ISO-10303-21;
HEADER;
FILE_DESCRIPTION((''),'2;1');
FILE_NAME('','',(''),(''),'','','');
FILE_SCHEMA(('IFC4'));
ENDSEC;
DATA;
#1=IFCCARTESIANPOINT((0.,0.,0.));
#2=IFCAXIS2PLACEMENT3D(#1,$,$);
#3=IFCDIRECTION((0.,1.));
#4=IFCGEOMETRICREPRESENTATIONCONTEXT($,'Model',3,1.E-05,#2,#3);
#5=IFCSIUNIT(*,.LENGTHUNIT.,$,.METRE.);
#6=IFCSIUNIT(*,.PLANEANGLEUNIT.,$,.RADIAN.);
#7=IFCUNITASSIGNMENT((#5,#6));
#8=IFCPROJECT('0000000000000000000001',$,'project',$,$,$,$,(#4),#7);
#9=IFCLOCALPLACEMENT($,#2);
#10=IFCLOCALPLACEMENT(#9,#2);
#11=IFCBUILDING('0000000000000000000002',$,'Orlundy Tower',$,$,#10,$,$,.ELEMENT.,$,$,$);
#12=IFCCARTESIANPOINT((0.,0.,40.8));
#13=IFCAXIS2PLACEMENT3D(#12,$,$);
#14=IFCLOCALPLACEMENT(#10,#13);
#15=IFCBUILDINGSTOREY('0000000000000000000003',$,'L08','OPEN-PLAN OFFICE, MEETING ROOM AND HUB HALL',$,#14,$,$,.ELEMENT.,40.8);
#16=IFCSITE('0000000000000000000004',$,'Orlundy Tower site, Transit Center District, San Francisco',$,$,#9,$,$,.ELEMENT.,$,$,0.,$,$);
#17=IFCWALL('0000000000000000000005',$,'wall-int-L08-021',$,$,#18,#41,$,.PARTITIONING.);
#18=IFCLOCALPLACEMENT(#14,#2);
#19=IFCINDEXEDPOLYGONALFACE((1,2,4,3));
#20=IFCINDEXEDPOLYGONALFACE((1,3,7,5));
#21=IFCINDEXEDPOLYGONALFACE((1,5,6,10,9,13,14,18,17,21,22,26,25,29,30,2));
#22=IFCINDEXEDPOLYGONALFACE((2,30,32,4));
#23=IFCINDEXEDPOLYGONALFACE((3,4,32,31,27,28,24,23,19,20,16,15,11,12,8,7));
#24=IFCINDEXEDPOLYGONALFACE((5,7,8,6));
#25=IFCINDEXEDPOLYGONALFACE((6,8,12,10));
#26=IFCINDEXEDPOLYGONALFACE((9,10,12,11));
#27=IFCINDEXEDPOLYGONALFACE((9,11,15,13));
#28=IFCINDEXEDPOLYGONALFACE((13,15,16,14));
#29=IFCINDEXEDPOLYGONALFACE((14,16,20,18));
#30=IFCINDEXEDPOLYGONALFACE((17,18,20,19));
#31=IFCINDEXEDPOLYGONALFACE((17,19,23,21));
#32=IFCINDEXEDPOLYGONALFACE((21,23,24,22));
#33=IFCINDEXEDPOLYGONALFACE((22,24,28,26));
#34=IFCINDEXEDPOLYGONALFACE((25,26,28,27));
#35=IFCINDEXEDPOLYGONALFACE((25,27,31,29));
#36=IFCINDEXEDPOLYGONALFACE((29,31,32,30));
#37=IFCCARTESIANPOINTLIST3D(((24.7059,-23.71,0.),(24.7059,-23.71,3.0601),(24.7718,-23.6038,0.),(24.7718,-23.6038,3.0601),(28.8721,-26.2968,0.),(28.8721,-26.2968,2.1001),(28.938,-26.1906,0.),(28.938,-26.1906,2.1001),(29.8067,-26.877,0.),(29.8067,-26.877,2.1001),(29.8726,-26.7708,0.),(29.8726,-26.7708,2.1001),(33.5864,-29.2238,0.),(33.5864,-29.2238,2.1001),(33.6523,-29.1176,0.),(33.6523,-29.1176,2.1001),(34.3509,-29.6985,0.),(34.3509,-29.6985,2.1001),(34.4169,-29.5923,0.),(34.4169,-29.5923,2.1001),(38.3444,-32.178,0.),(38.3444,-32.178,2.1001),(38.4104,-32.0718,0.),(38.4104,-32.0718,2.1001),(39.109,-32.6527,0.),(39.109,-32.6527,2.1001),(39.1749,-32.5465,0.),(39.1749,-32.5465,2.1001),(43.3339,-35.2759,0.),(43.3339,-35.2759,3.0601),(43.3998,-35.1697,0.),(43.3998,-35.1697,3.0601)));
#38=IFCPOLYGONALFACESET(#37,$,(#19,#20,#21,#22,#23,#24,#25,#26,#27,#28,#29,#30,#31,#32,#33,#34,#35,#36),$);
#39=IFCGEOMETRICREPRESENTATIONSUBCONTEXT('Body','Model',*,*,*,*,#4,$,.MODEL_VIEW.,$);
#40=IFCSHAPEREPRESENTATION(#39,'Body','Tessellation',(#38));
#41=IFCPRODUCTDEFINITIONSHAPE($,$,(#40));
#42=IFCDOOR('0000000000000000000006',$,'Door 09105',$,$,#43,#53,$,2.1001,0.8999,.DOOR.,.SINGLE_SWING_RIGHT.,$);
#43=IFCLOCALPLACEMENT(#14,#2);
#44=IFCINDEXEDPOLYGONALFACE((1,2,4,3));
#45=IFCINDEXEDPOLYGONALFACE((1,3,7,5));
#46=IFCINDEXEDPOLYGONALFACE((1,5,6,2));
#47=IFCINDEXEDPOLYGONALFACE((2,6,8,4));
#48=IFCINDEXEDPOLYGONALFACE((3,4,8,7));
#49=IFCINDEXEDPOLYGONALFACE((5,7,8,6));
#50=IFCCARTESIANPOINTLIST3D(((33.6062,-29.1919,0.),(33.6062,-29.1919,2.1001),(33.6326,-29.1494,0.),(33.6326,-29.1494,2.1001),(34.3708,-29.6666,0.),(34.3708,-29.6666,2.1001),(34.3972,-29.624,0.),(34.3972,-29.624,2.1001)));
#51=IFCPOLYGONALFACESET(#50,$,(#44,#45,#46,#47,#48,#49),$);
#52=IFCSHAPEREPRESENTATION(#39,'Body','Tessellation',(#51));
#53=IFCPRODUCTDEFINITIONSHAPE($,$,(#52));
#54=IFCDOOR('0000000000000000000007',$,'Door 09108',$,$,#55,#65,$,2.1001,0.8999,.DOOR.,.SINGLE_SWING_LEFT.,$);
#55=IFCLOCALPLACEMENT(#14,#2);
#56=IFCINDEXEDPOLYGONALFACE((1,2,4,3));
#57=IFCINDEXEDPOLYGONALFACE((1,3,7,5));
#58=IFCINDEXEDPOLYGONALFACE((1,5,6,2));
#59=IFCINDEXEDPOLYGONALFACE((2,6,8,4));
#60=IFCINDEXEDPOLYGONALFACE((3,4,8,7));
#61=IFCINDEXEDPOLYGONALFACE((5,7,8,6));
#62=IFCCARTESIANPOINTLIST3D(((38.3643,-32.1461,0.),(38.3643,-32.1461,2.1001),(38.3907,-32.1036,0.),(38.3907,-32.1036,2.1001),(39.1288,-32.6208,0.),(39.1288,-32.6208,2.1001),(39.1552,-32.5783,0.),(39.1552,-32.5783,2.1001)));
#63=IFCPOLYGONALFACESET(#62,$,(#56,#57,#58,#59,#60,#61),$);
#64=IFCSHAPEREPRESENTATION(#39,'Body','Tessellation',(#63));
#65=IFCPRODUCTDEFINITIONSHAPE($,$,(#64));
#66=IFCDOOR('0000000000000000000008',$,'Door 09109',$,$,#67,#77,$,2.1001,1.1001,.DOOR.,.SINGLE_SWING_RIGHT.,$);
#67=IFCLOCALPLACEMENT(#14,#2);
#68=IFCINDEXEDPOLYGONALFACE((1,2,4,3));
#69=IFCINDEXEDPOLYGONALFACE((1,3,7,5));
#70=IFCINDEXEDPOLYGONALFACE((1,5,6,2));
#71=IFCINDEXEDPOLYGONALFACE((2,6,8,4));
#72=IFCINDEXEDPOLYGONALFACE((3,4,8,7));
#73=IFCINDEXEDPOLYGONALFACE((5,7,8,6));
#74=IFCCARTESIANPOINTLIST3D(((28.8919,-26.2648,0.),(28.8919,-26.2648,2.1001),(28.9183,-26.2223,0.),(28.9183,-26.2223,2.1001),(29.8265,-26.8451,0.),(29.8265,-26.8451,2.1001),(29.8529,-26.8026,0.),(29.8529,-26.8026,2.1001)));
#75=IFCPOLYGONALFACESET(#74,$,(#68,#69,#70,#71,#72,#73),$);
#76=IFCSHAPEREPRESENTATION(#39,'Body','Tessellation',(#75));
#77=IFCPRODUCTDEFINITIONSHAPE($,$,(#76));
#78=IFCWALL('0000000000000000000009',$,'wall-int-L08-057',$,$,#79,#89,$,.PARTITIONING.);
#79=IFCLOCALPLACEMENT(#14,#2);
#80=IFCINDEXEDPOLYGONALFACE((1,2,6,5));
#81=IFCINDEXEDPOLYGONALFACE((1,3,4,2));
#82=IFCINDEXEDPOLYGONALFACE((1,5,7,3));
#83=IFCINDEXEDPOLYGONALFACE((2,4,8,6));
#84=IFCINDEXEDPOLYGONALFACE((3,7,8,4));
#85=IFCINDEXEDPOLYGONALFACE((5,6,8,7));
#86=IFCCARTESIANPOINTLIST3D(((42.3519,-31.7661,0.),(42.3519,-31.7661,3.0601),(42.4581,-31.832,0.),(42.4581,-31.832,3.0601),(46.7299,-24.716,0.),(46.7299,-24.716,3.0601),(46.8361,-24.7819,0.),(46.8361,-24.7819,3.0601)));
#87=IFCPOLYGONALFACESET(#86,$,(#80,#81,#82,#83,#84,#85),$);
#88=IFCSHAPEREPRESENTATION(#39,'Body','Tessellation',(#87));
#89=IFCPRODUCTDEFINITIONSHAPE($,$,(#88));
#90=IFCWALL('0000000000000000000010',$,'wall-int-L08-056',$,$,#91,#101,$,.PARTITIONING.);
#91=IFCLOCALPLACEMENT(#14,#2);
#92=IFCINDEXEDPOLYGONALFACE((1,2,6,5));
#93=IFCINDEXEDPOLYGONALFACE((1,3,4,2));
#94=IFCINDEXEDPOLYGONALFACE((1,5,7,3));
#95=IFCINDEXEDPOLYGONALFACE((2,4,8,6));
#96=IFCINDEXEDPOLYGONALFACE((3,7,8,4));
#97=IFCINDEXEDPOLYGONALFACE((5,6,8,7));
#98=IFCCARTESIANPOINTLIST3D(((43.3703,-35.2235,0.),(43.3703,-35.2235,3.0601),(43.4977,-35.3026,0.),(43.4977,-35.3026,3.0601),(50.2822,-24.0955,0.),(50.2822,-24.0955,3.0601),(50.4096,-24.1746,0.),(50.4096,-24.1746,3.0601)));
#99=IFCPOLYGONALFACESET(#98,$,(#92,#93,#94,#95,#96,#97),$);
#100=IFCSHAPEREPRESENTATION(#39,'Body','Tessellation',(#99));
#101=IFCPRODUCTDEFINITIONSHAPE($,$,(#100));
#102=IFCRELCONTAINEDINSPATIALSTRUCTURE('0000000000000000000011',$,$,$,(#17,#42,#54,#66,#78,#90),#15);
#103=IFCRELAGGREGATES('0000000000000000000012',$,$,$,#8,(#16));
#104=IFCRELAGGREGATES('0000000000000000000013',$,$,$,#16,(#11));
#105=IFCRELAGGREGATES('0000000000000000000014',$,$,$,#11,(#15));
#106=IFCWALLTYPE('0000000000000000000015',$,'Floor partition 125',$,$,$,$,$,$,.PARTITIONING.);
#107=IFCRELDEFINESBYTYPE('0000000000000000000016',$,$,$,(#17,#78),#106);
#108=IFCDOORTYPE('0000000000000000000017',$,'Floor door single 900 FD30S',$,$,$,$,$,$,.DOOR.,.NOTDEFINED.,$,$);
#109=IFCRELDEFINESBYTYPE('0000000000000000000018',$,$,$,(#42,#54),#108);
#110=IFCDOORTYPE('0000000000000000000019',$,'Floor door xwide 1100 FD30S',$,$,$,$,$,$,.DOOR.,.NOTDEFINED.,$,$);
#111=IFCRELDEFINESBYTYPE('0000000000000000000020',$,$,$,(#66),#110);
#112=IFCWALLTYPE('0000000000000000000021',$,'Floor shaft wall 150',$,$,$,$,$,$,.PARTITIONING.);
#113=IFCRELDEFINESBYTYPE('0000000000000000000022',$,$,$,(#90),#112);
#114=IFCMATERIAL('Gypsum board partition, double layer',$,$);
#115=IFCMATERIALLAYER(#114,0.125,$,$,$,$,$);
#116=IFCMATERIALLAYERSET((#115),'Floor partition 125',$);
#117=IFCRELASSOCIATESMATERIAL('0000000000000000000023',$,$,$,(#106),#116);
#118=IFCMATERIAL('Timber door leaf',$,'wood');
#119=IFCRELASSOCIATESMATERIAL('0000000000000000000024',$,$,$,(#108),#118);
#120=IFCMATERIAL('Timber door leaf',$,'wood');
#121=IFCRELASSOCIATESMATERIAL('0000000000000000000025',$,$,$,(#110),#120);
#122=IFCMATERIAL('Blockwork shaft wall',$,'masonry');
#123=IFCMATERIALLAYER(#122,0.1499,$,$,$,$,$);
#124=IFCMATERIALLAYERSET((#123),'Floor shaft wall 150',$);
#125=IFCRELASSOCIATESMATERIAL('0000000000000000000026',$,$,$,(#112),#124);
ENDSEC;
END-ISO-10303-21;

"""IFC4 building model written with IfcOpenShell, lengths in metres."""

from ifc_helpers import new_model, si_unit, direction, frame, frame_2d, origin, place, context, subcontext, project, spatial, rectangle, extrude, material, layer, layer_set, type_object, element, fill, save


model = new_model("IFC4")

# Units and contexts
model_context = context("Model", 3, precision=1e-05, world=origin(), true_north=direction((0.0, 1.0)))
body_context = subcontext(model_context, "Body", "Model", "MODEL_VIEW")
ifc_project = project(units=[si_unit("LENGTHUNIT", "METRE"), si_unit("PLANEANGLEUNIT", "RADIAN")], contexts=[model_context])

# Site, building, storey
site_placement = place(None, origin())
site = spatial("IfcSite", under=ifc_project, at=site_placement, Name="Orlundy Tower site, Transit Center District, San Francisco", CompositionType="ELEMENT", RefElevation=0.0)
building_placement = place(site_placement, origin())
building = spatial("IfcBuilding", under=site, at=building_placement, Name="Orlundy Tower", CompositionType="ELEMENT")
storey_placement = place(building_placement, frame((0.0, 0.0, 40.8)))
storey = spatial("IfcBuildingStorey", under=building, at=storey_placement, Name="L08", Description="OPEN-PLAN OFFICE, MEETING ROOM AND HUB HALL", CompositionType="ELEMENT", Elevation=40.8)

# Wall, openings, doors
ifc_material_1 = material(Name="Gypsum board partition, double layer")
ifc_layer_1 = layer(ifc_material_1, 0.125)
ifc_layer_set_1 = layer_set([ifc_layer_1], Name="Floor partition 125")
wall_type_1 = type_object("IfcWallType", Name="Floor partition 125", PredefinedType="PARTITIONING", material=ifc_layer_set_1)
wall_1_placement = place(storey_placement, frame((43.3669, -35.2229, 0.0), z_axis=(0.0, 0.0, 1.0), x_axis=(-0.849563, 0.527486, 0.0)))
wall_1 = element("IfcWall", 1, at=wall_1_placement, inside=storey, type_object=wall_type_1, Name="wall-int-L08-021", PredefinedType="PARTITIONING", context=body_context, shape_type="SweptSolid", body=[
    extrude(rectangle(XDim=21.9265, YDim=0.125, at=frame_2d((10.9634, 0.0))), origin(), (0.0, 0.0, 1.0), 3.0601),
])
opening_1_placement = place(wall_1_placement, frame((10.5737, 0.0, 0.0)))
opening_1 = element("IfcOpeningElement", 2, at=opening_1_placement, cuts=wall_1, PredefinedType="OPENING", context=body_context, shape_type="SweptSolid", body=[
    extrude(rectangle(XDim=0.8999, YDim=2.1001, at=frame_2d((0.45, 1.05))), frame((0.0, 0.0725, 0.0), z_axis=(0.0, -1.0, 0.0), x_axis=(1.0, 0.0, 0.0)), (0.0, 0.0, 1.0), 0.145),
])
opening_2_placement = place(wall_1_placement, frame((4.9731, 0.0, 0.0)))
opening_2 = element("IfcOpeningElement", 3, at=opening_2_placement, cuts=wall_1, PredefinedType="OPENING", context=body_context, shape_type="SweptSolid", body=[
    extrude(rectangle(XDim=0.8999, YDim=2.1001, at=frame_2d((0.45, 1.05))), frame((0.0, 0.0725, 0.0), z_axis=(0.0, -1.0, 0.0), x_axis=(1.0, 0.0, 0.0)), (0.0, 0.0, 1.0), 0.145),
])
opening_3_placement = place(wall_1_placement, frame((15.9226, 0.0, 0.0)))
opening_3 = element("IfcOpeningElement", 4, at=opening_3_placement, cuts=wall_1, PredefinedType="OPENING", context=body_context, shape_type="SweptSolid", body=[
    extrude(rectangle(XDim=1.1001, YDim=2.1001, at=frame_2d((0.55, 1.05))), frame((0.0, 0.0725, 0.0), z_axis=(0.0, -1.0, 0.0), x_axis=(1.0, 0.0, 0.0)), (0.0, 0.0, 1.0), 0.145),
])
ifc_material_2 = material(Name="Timber door leaf", Category="wood")
door_type_1 = type_object("IfcDoorType", Name="Floor door single 900 FD30S", OperationType="NOTDEFINED", PredefinedType="DOOR", material=ifc_material_2)
door_1_placement = place(opening_1_placement, origin())
door_1 = element("IfcDoor", 5, at=door_1_placement, inside=storey, type_object=door_type_1, Name="Door 09105", OperationType="SINGLE_SWING_RIGHT", OverallHeight=2.1001, OverallWidth=0.8999, PredefinedType="DOOR", context=body_context, shape_type="SweptSolid", body=[
    extrude(rectangle(XDim=0.8999, YDim=2.1001, at=frame_2d((0.45, 1.05))), frame((0.0, 0.0249, 0.0), z_axis=(0.0, -1.0, 0.0), x_axis=(1.0, 0.0, 0.0)), (0.0, 0.0, 1.0), 0.05),
])
fill(opening_1, door_1)
door_2_placement = place(opening_2_placement, origin())
door_2 = element("IfcDoor", 6, at=door_2_placement, inside=storey, type_object=door_type_1, Name="Door 09108", OperationType="SINGLE_SWING_LEFT", OverallHeight=2.1001, OverallWidth=0.8999, PredefinedType="DOOR", context=body_context, shape_type="SweptSolid", body=[
    extrude(rectangle(XDim=0.8999, YDim=2.1001, at=frame_2d((0.45, 1.05))), frame((0.0, 0.0249, 0.0), z_axis=(0.0, -1.0, 0.0), x_axis=(1.0, 0.0, 0.0)), (0.0, 0.0, 1.0), 0.05),
])
fill(opening_2, door_2)
ifc_material_3 = material(Name="Timber door leaf", Category="wood")
door_type_2 = type_object("IfcDoorType", Name="Floor door xwide 1100 FD30S", OperationType="NOTDEFINED", PredefinedType="DOOR", material=ifc_material_3)
door_3_placement = place(opening_3_placement, origin())
door_3 = element("IfcDoor", 7, at=door_3_placement, inside=storey, type_object=door_type_2, Name="Door 09109", OperationType="SINGLE_SWING_RIGHT", OverallHeight=2.1001, OverallWidth=1.1001, PredefinedType="DOOR", context=body_context, shape_type="SweptSolid", body=[
    extrude(rectangle(XDim=1.1001, YDim=2.1001, at=frame_2d((0.55, 1.05))), frame((0.0, 0.0249, 0.0), z_axis=(0.0, -1.0, 0.0), x_axis=(1.0, 0.0, 0.0)), (0.0, 0.0, 1.0), 0.05),
])
fill(opening_3, door_3)

# Walls
wall_2_placement = place(storey_placement, frame((42.405, -31.7991, 0.0), z_axis=(0.0, 0.0, 1.0), x_axis=(0.52754, 0.84953, 0.0)))
element("IfcWall", 8, at=wall_2_placement, inside=storey, type_object=wall_type_1, Name="wall-int-L08-057", PredefinedType="PARTITIONING", context=body_context, shape_type="SweptSolid", body=[
    extrude(rectangle(XDim=8.2988, YDim=0.125, at=frame_2d((4.1494, 0.0))), origin(), (0.0, 0.0, 1.0), 3.0601),
])
ifc_material_4 = material(Name="Blockwork shaft wall", Category="masonry")
ifc_layer_2 = layer(ifc_material_4, 0.1499)
ifc_layer_set_2 = layer_set([ifc_layer_2], Name="Floor shaft wall 150")
wall_type_2 = type_object("IfcWallType", Name="Floor shaft wall 150", PredefinedType="PARTITIONING", material=ifc_layer_set_2)
wall_3_placement = place(storey_placement, frame((43.4341, -35.2629, 0.0), z_axis=(0.0, 0.0, 1.0), x_axis=(0.527631, 0.849473, 0.0)))
element("IfcWall", 9, at=wall_3_placement, inside=storey, type_object=wall_type_2, Name="wall-int-L08-056", PredefinedType="PARTITIONING", context=body_context, shape_type="SweptSolid", body=[
    extrude(rectangle(XDim=13.0999, YDim=0.1499, at=frame_2d((6.5498, 0.0))), origin(), (0.0, 0.0, 1.0), 3.0601),
])

save(model, "model.ifc")
